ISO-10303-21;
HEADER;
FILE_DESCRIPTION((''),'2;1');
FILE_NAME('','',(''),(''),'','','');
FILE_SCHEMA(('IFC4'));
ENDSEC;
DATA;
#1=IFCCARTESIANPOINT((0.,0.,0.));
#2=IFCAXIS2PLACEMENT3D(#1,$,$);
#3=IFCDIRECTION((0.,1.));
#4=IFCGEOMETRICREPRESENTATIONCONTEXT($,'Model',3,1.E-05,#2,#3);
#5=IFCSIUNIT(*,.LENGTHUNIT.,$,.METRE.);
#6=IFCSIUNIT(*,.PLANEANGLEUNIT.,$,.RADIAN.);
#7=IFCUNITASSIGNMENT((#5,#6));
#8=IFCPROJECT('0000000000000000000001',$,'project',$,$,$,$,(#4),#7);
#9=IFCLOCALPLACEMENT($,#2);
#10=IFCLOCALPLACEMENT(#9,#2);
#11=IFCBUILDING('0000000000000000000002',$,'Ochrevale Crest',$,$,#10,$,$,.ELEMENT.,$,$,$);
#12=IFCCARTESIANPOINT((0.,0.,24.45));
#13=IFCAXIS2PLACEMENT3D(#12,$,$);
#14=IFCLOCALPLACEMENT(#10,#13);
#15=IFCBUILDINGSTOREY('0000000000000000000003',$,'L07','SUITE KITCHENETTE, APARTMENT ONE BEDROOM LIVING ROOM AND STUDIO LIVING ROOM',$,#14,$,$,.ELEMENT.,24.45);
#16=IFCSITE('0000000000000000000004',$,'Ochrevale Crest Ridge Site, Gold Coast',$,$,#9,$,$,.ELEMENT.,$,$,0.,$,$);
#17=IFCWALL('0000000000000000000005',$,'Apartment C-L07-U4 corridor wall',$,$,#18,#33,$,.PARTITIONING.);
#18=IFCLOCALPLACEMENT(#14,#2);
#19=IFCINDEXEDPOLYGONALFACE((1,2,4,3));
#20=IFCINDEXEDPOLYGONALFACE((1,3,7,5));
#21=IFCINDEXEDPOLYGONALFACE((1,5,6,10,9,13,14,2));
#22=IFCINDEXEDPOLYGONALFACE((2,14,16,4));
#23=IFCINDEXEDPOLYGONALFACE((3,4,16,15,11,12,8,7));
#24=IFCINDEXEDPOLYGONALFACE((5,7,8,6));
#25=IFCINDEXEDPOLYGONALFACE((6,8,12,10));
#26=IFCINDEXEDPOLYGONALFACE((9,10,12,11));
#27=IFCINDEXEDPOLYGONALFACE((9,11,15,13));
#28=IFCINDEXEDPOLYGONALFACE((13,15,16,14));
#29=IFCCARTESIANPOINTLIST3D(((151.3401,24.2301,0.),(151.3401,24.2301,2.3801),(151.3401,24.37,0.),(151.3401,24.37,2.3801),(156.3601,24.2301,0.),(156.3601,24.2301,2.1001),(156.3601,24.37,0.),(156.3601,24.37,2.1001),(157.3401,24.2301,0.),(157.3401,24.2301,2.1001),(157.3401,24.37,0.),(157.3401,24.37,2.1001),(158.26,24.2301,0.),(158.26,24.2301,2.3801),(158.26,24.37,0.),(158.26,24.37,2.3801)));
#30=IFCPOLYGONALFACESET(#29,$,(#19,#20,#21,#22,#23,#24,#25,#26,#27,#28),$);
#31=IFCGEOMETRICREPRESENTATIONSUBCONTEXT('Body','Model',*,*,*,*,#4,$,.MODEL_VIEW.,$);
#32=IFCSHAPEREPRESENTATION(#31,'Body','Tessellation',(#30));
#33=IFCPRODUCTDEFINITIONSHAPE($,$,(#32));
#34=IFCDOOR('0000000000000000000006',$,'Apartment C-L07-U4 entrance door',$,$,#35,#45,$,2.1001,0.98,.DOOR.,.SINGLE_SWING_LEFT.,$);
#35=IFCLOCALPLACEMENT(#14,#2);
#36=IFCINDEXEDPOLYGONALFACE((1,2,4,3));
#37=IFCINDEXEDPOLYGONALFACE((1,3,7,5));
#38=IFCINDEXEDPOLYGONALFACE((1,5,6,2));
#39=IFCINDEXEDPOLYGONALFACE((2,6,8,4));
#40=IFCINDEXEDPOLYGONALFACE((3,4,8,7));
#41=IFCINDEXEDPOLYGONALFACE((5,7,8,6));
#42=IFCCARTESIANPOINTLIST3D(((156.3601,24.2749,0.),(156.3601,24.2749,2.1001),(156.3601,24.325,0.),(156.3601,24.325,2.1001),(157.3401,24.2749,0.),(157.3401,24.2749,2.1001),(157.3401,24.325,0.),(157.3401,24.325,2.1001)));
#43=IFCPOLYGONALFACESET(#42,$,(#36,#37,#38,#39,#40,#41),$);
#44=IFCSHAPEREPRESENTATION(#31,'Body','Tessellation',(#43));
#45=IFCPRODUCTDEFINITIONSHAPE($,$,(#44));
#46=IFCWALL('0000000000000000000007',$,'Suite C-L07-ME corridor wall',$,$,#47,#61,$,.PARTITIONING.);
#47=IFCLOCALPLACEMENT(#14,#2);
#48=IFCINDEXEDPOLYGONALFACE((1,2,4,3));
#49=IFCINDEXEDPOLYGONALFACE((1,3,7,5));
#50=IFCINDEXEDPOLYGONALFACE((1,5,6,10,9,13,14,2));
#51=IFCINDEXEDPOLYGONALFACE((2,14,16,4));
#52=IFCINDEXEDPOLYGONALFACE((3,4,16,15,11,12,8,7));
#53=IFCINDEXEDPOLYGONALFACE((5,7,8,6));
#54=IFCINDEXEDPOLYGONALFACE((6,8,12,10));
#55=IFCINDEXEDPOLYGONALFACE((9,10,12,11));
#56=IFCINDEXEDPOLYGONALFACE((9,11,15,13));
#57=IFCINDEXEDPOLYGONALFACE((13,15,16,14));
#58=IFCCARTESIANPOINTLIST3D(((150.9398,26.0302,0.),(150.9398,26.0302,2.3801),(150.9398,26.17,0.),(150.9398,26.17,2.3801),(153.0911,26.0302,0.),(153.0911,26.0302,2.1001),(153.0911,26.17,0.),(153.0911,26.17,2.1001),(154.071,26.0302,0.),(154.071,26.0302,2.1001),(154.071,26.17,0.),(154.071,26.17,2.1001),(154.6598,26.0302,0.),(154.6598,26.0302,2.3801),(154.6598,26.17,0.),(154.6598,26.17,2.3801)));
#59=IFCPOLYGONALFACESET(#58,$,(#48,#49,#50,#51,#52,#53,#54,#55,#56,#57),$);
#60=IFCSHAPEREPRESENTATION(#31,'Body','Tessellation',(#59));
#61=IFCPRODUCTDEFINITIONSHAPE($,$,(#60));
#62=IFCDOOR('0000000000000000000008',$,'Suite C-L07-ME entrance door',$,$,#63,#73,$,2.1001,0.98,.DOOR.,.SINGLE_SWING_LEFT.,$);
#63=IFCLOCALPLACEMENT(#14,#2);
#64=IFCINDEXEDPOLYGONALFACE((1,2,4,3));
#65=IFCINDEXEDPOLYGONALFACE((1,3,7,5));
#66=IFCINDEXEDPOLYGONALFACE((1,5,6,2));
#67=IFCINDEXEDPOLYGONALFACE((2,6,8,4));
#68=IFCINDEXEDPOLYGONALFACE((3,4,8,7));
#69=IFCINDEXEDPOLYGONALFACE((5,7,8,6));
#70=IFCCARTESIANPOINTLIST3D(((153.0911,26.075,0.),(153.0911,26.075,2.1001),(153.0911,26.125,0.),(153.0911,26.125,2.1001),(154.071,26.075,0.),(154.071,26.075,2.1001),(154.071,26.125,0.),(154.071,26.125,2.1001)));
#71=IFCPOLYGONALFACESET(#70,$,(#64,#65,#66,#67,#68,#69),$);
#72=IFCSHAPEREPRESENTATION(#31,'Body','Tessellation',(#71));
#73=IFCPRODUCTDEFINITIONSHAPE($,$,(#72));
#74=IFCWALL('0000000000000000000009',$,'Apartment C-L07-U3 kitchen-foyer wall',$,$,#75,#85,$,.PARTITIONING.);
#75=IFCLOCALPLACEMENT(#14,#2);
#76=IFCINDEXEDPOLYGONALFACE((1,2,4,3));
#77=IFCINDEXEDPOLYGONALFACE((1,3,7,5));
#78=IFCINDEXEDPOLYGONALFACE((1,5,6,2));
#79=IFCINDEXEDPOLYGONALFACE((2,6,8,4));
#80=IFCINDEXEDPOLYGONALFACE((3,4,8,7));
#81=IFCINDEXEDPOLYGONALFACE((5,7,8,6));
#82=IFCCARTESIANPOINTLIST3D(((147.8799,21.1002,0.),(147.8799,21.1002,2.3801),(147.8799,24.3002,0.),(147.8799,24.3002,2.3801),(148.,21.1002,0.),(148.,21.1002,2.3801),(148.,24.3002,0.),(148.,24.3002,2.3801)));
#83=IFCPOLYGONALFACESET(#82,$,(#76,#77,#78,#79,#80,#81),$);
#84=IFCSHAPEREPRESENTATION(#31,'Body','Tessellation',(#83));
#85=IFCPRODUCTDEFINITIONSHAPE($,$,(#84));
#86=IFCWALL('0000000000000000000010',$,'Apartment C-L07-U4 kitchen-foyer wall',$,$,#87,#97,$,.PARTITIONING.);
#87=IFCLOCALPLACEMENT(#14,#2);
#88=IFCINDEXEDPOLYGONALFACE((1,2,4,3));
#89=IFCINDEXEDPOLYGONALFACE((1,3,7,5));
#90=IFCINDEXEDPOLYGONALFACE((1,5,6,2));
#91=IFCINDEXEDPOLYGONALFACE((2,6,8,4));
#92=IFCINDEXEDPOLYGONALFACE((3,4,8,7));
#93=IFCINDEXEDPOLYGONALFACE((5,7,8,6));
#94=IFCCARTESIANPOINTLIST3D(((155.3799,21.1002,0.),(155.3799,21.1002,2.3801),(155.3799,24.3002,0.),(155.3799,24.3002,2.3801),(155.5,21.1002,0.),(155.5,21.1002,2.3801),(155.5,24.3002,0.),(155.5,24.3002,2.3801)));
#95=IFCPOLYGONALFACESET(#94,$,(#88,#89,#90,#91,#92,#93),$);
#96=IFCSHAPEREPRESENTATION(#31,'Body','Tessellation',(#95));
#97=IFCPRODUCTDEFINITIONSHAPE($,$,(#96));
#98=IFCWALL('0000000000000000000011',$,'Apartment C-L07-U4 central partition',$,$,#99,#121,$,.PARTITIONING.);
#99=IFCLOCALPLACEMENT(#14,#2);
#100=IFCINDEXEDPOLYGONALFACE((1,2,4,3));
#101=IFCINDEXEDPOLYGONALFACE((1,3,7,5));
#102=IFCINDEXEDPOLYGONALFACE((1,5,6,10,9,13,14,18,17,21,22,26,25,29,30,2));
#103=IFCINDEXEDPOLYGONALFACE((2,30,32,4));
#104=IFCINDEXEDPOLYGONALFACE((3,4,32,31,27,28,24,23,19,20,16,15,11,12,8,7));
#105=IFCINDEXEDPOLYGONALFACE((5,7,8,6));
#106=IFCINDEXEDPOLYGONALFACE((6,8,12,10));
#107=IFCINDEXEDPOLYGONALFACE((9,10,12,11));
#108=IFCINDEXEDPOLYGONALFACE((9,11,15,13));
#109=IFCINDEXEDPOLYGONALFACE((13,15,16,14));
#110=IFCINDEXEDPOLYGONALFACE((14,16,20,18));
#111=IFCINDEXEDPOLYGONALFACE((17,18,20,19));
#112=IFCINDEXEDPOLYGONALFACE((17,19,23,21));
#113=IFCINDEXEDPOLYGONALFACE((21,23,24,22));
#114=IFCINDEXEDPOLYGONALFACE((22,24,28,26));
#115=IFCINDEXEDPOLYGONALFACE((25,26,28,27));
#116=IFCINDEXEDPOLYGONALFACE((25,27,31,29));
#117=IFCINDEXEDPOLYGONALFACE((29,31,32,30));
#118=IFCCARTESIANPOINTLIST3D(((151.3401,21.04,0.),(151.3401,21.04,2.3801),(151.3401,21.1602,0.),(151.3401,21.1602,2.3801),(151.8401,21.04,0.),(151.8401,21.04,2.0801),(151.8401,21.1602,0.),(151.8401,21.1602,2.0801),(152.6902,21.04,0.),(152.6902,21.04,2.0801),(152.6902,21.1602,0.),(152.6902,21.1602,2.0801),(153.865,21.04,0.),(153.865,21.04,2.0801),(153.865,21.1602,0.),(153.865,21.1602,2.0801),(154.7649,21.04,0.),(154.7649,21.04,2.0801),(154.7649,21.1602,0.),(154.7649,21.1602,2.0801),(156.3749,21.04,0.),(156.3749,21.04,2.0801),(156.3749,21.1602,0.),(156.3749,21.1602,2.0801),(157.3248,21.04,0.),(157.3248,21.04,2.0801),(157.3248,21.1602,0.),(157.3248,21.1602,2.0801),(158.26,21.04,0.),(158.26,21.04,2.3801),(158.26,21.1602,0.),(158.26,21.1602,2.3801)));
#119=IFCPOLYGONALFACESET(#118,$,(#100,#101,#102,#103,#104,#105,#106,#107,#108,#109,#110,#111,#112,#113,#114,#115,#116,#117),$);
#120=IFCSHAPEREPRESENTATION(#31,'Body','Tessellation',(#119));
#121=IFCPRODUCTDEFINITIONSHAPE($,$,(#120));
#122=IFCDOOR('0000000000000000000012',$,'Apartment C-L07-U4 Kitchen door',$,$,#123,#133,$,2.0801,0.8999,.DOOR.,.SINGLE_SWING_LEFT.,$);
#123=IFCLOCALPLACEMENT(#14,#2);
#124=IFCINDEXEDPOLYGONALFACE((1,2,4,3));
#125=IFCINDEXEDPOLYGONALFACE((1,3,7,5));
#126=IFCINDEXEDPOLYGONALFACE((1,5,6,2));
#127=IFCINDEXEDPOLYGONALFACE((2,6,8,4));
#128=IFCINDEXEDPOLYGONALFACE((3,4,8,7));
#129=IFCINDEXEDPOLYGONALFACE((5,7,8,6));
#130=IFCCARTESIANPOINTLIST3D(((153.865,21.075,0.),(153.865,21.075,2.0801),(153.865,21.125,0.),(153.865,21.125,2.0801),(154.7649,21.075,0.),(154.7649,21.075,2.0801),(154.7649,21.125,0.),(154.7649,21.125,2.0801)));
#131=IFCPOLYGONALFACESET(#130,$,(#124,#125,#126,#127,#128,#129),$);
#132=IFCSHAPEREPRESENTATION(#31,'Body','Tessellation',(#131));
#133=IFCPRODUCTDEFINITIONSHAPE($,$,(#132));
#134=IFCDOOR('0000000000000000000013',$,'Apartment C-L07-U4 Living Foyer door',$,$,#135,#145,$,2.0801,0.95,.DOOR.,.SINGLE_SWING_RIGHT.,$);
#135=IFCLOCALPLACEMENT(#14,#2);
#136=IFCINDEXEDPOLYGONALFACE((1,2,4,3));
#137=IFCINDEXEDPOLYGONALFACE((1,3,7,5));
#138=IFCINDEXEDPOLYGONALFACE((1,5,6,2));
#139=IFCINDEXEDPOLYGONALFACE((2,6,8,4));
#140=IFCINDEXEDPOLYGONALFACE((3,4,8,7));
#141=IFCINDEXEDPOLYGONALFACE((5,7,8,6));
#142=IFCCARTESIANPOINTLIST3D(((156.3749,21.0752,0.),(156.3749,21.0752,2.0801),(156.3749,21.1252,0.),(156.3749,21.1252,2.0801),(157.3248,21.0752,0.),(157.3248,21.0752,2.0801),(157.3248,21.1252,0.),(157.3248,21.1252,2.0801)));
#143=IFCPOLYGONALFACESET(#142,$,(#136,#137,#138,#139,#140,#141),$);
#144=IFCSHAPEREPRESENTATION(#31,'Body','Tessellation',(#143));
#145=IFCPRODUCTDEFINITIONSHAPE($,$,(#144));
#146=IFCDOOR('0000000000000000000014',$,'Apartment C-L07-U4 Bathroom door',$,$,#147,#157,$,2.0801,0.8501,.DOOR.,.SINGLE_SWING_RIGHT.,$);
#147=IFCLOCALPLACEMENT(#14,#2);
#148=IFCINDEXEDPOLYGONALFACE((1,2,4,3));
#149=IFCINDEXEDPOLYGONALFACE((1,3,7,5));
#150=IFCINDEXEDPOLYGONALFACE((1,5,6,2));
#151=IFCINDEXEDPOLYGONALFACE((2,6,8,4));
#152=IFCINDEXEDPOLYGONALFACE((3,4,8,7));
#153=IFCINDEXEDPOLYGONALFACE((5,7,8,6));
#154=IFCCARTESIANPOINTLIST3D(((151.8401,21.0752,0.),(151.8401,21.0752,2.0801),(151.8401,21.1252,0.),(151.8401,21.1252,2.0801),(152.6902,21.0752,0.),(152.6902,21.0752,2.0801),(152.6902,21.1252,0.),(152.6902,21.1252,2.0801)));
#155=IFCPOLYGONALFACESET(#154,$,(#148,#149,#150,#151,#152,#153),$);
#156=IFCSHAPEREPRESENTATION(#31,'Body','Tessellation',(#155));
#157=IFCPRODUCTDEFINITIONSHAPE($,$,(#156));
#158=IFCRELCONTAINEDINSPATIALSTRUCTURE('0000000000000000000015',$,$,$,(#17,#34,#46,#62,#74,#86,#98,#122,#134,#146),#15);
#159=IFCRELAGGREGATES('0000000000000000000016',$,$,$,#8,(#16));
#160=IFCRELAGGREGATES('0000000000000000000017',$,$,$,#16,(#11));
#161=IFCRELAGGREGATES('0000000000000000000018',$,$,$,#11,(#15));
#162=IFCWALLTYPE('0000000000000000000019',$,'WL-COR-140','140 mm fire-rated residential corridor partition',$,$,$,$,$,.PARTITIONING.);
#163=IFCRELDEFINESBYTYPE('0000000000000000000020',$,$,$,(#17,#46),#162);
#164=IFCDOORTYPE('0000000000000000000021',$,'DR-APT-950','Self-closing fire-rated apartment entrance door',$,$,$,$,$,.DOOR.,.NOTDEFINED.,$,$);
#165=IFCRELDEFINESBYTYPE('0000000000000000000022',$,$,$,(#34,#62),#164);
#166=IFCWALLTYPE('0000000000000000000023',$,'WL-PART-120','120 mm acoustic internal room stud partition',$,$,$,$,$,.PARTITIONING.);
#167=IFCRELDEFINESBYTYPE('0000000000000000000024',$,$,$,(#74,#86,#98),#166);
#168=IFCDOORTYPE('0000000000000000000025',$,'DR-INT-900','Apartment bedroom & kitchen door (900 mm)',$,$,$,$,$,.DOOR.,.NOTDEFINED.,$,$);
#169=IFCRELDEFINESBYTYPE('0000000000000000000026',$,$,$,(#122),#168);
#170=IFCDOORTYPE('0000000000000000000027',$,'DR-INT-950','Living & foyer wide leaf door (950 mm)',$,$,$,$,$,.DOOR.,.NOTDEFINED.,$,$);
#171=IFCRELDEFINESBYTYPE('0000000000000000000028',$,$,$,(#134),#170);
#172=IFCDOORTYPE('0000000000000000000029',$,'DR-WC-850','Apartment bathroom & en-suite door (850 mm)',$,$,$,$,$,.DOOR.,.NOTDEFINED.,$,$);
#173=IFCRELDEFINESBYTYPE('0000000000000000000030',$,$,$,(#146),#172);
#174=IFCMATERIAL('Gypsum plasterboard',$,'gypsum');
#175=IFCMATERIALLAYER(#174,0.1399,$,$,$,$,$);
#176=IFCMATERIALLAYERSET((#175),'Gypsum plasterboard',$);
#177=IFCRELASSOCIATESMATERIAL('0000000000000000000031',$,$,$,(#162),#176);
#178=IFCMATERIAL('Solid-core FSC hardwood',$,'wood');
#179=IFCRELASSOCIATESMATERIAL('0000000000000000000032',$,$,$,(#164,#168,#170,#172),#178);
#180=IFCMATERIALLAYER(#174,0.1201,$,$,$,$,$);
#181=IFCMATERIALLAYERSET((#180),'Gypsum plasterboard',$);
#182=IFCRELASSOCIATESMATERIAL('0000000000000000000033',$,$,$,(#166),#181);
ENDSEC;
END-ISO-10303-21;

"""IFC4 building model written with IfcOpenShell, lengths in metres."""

from ifc_helpers import new_model, si_unit, direction, frame, frame_2d, origin, place, context, subcontext, project, spatial, rectangle, extrude, material, layer, layer_set, type_object, element, fill, save


model = new_model("IFC4")

# Units and contexts
model_context = context("Model", 3, precision=1e-05, world=origin(), true_north=direction((0.0, 1.0)))
body_context = subcontext(model_context, "Body", "Model", "MODEL_VIEW")
ifc_project = project(units=[si_unit("LENGTHUNIT", "METRE"), si_unit("PLANEANGLEUNIT", "RADIAN")], contexts=[model_context])

# Site, building, storey
site_placement = place(None, origin())
site = spatial("IfcSite", under=ifc_project, at=site_placement, Name="Ochrevale Crest Ridge Site, Gold Coast", CompositionType="ELEMENT", RefElevation=0.0)
building_placement = place(site_placement, origin())
building = spatial("IfcBuilding", under=site, at=building_placement, Name="Ochrevale Crest", CompositionType="ELEMENT")
storey_placement = place(building_placement, frame((0.0, 0.0, 24.45)))
storey = spatial("IfcBuildingStorey", under=building, at=storey_placement, Name="L07", Description="SUITE KITCHENETTE, APARTMENT ONE BEDROOM LIVING ROOM AND STUDIO LIVING ROOM", CompositionType="ELEMENT", Elevation=24.45)

# Walls, openings, doors
ifc_material_1 = material(Name="Gypsum plasterboard", Category="gypsum")
ifc_layer_1 = layer(ifc_material_1, 0.1399)
ifc_layer_set_1 = layer_set([ifc_layer_1], Name="Gypsum plasterboard")
wall_type_1 = type_object("IfcWallType", Name="WL-COR-140", Description="140 mm fire-rated residential corridor partition", PredefinedType="PARTITIONING", material=ifc_layer_set_1)
wall_1_placement = place(storey_placement, frame((151.3401, 24.3, 0.0), z_axis=(0.0, 0.0, 1.0), x_axis=(1.0, 0.0, 0.0)))
wall_1 = element("IfcWall", 1, at=wall_1_placement, inside=storey, type_object=wall_type_1, Name="Apartment C-L07-U4 corridor wall", PredefinedType="PARTITIONING", context=body_context, shape_type="SweptSolid", body=[
    extrude(rectangle(XDim=6.9199, YDim=0.1399, at=frame_2d((3.46, 0.0))), origin(), (0.0, 0.0, 1.0), 2.3801),
])
opening_1_placement = place(wall_1_placement, frame((5.02, 0.0, 0.0)))
opening_1 = element("IfcOpeningElement", 2, at=opening_1_placement, cuts=wall_1, PredefinedType="OPENING", context=body_context, shape_type="SweptSolid", body=[
    extrude(rectangle(XDim=0.98, YDim=2.1001, at=frame_2d((0.49, 1.05))), frame((0.0, 0.0801, 0.0), z_axis=(0.0, -1.0, 0.0), x_axis=(1.0, 0.0, 0.0)), (0.0, 0.0, 1.0), 0.1599),
])
ifc_material_2 = material(Name="Solid-core FSC hardwood", Category="wood")
door_type_1 = type_object("IfcDoorType", Name="DR-APT-950", Description="Self-closing fire-rated apartment entrance door", OperationType="NOTDEFINED", PredefinedType="DOOR", material=ifc_material_2)
door_1_placement = place(opening_1_placement, origin())
door_1 = element("IfcDoor", 3, at=door_1_placement, inside=storey, type_object=door_type_1, Name="Apartment C-L07-U4 entrance door", OperationType="SINGLE_SWING_LEFT", OverallHeight=2.1001, OverallWidth=0.98, PredefinedType="DOOR", context=body_context, shape_type="SweptSolid", body=[
    extrude(rectangle(XDim=0.98, YDim=2.1001, at=frame_2d((0.49, 1.05))), frame((0.0, 0.0249, 0.0), z_axis=(0.0, -1.0, 0.0), x_axis=(1.0, 0.0, 0.0)), (0.0, 0.0, 1.0), 0.05),
])
fill(opening_1, door_1)
wall_2_placement = place(storey_placement, frame((150.9399, 26.1001, 0.0), z_axis=(0.0, 0.0, 1.0), x_axis=(1.0, 0.0, 0.0)))
wall_2 = element("IfcWall", 4, at=wall_2_placement, inside=storey, type_object=wall_type_1, Name="Suite C-L07-ME corridor wall", PredefinedType="PARTITIONING", context=body_context, shape_type="SweptSolid", body=[
    extrude(rectangle(XDim=3.72, YDim=0.1399, at=frame_2d((1.8599, 0.0))), origin(), (0.0, 0.0, 1.0), 2.3801),
])
opening_2_placement = place(wall_2_placement, frame((2.1511, 0.0, 0.0)))
opening_2 = element("IfcOpeningElement", 5, at=opening_2_placement, cuts=wall_2, PredefinedType="OPENING", context=body_context, shape_type="SweptSolid", body=[
    extrude(rectangle(XDim=0.98, YDim=2.1001, at=frame_2d((0.49, 1.05))), frame((0.0, 0.0801, 0.0), z_axis=(0.0, -1.0, 0.0), x_axis=(1.0, 0.0, 0.0)), (0.0, 0.0, 1.0), 0.1599),
])
door_2_placement = place(opening_2_placement, origin())
door_2 = element("IfcDoor", 6, at=door_2_placement, inside=storey, type_object=door_type_1, Name="Suite C-L07-ME entrance door", OperationType="SINGLE_SWING_LEFT", OverallHeight=2.1001, OverallWidth=0.98, PredefinedType="DOOR", context=body_context, shape_type="SweptSolid", body=[
    extrude(rectangle(XDim=0.98, YDim=2.1001, at=frame_2d((0.49, 1.05))), frame((0.0, 0.0249, 0.0), z_axis=(0.0, -1.0, 0.0), x_axis=(1.0, 0.0, 0.0)), (0.0, 0.0, 1.0), 0.05),
])
fill(opening_2, door_2)

# Walls
ifc_layer_2 = layer(ifc_material_1, 0.1201)
ifc_layer_set_2 = layer_set([ifc_layer_2], Name="Gypsum plasterboard")
wall_type_2 = type_object("IfcWallType", Name="WL-PART-120", Description="120 mm acoustic internal room stud partition", PredefinedType="PARTITIONING", material=ifc_layer_set_2)
for number, where, z_axis, x_axis, name in (
    (7, (147.9399, 21.1001, 0.0), (0.0, 0.0, 1.0), (0.0, 1.0, 0.0), "Apartment C-L07-U3 kitchen-foyer wall"),
    (8, (155.4399, 21.1001, 0.0), (0.0, 0.0, 1.0), (0.0, 1.0, 0.0), "Apartment C-L07-U4 kitchen-foyer wall"),
):
    element("IfcWall", number, at=place(storey_placement, frame(where, z_axis=z_axis, x_axis=x_axis)), inside=storey, type_object=wall_type_2, Name=name, PredefinedType="PARTITIONING", context=body_context, shape_type="SweptSolid", body=[
        extrude(rectangle(XDim=3.2, YDim=0.1201, at=frame_2d((1.6001, 0.0))), origin(), (0.0, 0.0, 1.0), 2.3801),
    ])

# Wall, openings, doors
wall_3_placement = place(storey_placement, frame((151.3401, 21.1001, 0.0), z_axis=(0.0, 0.0, 1.0), x_axis=(1.0, 0.0, 0.0)))
wall_3 = element("IfcWall", 9, at=wall_3_placement, inside=storey, type_object=wall_type_2, Name="Apartment C-L07-U4 central partition", PredefinedType="PARTITIONING", context=body_context, shape_type="SweptSolid", body=[
    extrude(rectangle(XDim=6.9199, YDim=0.1201, at=frame_2d((3.46, 0.0))), origin(), (0.0, 0.0, 1.0), 2.3801),
])
opening_3_placement = place(wall_3_placement, frame((1.3501, 0.0, 0.0), z_axis=(0.0, 0.0, 1.0), x_axis=(-1.0, 0.0, 0.0)))
opening_3 = element("IfcOpeningElement", 10, at=opening_3_placement, cuts=wall_3, PredefinedType="OPENING", context=body_context, shape_type="SweptSolid", body=[
    extrude(rectangle(XDim=0.8501, YDim=2.0801, at=frame_2d((0.425, 1.04))), frame((0.0, 0.0701, 0.0), z_axis=(0.0, -1.0, 0.0), x_axis=(1.0, 0.0, 0.0)), (0.0, 0.0, 1.0), 0.1401),
])
opening_4_placement = place(wall_3_placement, frame((2.5249, 0.0, 0.0)))
opening_4 = element("IfcOpeningElement", 11, at=opening_4_placement, cuts=wall_3, PredefinedType="OPENING", context=body_context, shape_type="SweptSolid", body=[
    extrude(rectangle(XDim=0.8999, YDim=2.0801, at=frame_2d((0.45, 1.04))), frame((0.0, 0.0701, 0.0), z_axis=(0.0, -1.0, 0.0), x_axis=(1.0, 0.0, 0.0)), (0.0, 0.0, 1.0), 0.1401),
])
opening_5_placement = place(wall_3_placement, frame((5.9849, 0.0, 0.0), z_axis=(0.0, 0.0, 1.0), x_axis=(-1.0, 0.0, 0.0)))
opening_5 = element("IfcOpeningElement", 12, at=opening_5_placement, cuts=wall_3, PredefinedType="OPENING", context=body_context, shape_type="SweptSolid", body=[
    extrude(rectangle(XDim=0.95, YDim=2.0801, at=frame_2d((0.4751, 1.04))), frame((0.0, 0.0701, 0.0), z_axis=(0.0, -1.0, 0.0), x_axis=(1.0, 0.0, 0.0)), (0.0, 0.0, 1.0), 0.1401),
])
door_type_2 = type_object("IfcDoorType", Name="DR-INT-900", Description="Apartment bedroom & kitchen door (900 mm)", OperationType="NOTDEFINED", PredefinedType="DOOR", material=ifc_material_2)
door_3_placement = place(opening_4_placement, origin())
door_3 = element("IfcDoor", 13, at=door_3_placement, inside=storey, type_object=door_type_2, Name="Apartment C-L07-U4 Kitchen door", OperationType="SINGLE_SWING_LEFT", OverallHeight=2.0801, OverallWidth=0.8999, PredefinedType="DOOR", context=body_context, shape_type="SweptSolid", body=[
    extrude(rectangle(XDim=0.8999, YDim=2.0801, at=frame_2d((0.45, 1.04))), frame((0.0, 0.0249, 0.0), z_axis=(0.0, -1.0, 0.0), x_axis=(1.0, 0.0, 0.0)), (0.0, 0.0, 1.0), 0.05),
])
fill(opening_4, door_3)
door_type_3 = type_object("IfcDoorType", Name="DR-INT-950", Description="Living & foyer wide leaf door (950 mm)", OperationType="NOTDEFINED", PredefinedType="DOOR", material=ifc_material_2)
door_4_placement = place(opening_5_placement, origin())
door_4 = element("IfcDoor", 14, at=door_4_placement, inside=storey, type_object=door_type_3, Name="Apartment C-L07-U4 Living Foyer door", OperationType="SINGLE_SWING_RIGHT", OverallHeight=2.0801, OverallWidth=0.95, PredefinedType="DOOR", context=body_context, shape_type="SweptSolid", body=[
    extrude(rectangle(XDim=0.95, YDim=2.0801, at=frame_2d((0.4751, 1.04))), frame((0.0, 0.0249, 0.0), z_axis=(0.0, -1.0, 0.0), x_axis=(1.0, 0.0, 0.0)), (0.0, 0.0, 1.0), 0.05),
])
fill(opening_5, door_4)
door_type_4 = type_object("IfcDoorType", Name="DR-WC-850", Description="Apartment bathroom & en-suite door (850 mm)", OperationType="NOTDEFINED", PredefinedType="DOOR", material=ifc_material_2)
door_5_placement = place(opening_3_placement, origin())
door_5 = element("IfcDoor", 15, at=door_5_placement, inside=storey, type_object=door_type_4, Name="Apartment C-L07-U4 Bathroom door", OperationType="SINGLE_SWING_RIGHT", OverallHeight=2.0801, OverallWidth=0.8501, PredefinedType="DOOR", context=body_context, shape_type="SweptSolid", body=[
    extrude(rectangle(XDim=0.8501, YDim=2.0801, at=frame_2d((0.425, 1.04))), frame((0.0, 0.0249, 0.0), z_axis=(0.0, -1.0, 0.0), x_axis=(1.0, 0.0, 0.0)), (0.0, 0.0, 1.0), 0.05),
])
fill(opening_3, door_5)

save(model, "model.ifc")
